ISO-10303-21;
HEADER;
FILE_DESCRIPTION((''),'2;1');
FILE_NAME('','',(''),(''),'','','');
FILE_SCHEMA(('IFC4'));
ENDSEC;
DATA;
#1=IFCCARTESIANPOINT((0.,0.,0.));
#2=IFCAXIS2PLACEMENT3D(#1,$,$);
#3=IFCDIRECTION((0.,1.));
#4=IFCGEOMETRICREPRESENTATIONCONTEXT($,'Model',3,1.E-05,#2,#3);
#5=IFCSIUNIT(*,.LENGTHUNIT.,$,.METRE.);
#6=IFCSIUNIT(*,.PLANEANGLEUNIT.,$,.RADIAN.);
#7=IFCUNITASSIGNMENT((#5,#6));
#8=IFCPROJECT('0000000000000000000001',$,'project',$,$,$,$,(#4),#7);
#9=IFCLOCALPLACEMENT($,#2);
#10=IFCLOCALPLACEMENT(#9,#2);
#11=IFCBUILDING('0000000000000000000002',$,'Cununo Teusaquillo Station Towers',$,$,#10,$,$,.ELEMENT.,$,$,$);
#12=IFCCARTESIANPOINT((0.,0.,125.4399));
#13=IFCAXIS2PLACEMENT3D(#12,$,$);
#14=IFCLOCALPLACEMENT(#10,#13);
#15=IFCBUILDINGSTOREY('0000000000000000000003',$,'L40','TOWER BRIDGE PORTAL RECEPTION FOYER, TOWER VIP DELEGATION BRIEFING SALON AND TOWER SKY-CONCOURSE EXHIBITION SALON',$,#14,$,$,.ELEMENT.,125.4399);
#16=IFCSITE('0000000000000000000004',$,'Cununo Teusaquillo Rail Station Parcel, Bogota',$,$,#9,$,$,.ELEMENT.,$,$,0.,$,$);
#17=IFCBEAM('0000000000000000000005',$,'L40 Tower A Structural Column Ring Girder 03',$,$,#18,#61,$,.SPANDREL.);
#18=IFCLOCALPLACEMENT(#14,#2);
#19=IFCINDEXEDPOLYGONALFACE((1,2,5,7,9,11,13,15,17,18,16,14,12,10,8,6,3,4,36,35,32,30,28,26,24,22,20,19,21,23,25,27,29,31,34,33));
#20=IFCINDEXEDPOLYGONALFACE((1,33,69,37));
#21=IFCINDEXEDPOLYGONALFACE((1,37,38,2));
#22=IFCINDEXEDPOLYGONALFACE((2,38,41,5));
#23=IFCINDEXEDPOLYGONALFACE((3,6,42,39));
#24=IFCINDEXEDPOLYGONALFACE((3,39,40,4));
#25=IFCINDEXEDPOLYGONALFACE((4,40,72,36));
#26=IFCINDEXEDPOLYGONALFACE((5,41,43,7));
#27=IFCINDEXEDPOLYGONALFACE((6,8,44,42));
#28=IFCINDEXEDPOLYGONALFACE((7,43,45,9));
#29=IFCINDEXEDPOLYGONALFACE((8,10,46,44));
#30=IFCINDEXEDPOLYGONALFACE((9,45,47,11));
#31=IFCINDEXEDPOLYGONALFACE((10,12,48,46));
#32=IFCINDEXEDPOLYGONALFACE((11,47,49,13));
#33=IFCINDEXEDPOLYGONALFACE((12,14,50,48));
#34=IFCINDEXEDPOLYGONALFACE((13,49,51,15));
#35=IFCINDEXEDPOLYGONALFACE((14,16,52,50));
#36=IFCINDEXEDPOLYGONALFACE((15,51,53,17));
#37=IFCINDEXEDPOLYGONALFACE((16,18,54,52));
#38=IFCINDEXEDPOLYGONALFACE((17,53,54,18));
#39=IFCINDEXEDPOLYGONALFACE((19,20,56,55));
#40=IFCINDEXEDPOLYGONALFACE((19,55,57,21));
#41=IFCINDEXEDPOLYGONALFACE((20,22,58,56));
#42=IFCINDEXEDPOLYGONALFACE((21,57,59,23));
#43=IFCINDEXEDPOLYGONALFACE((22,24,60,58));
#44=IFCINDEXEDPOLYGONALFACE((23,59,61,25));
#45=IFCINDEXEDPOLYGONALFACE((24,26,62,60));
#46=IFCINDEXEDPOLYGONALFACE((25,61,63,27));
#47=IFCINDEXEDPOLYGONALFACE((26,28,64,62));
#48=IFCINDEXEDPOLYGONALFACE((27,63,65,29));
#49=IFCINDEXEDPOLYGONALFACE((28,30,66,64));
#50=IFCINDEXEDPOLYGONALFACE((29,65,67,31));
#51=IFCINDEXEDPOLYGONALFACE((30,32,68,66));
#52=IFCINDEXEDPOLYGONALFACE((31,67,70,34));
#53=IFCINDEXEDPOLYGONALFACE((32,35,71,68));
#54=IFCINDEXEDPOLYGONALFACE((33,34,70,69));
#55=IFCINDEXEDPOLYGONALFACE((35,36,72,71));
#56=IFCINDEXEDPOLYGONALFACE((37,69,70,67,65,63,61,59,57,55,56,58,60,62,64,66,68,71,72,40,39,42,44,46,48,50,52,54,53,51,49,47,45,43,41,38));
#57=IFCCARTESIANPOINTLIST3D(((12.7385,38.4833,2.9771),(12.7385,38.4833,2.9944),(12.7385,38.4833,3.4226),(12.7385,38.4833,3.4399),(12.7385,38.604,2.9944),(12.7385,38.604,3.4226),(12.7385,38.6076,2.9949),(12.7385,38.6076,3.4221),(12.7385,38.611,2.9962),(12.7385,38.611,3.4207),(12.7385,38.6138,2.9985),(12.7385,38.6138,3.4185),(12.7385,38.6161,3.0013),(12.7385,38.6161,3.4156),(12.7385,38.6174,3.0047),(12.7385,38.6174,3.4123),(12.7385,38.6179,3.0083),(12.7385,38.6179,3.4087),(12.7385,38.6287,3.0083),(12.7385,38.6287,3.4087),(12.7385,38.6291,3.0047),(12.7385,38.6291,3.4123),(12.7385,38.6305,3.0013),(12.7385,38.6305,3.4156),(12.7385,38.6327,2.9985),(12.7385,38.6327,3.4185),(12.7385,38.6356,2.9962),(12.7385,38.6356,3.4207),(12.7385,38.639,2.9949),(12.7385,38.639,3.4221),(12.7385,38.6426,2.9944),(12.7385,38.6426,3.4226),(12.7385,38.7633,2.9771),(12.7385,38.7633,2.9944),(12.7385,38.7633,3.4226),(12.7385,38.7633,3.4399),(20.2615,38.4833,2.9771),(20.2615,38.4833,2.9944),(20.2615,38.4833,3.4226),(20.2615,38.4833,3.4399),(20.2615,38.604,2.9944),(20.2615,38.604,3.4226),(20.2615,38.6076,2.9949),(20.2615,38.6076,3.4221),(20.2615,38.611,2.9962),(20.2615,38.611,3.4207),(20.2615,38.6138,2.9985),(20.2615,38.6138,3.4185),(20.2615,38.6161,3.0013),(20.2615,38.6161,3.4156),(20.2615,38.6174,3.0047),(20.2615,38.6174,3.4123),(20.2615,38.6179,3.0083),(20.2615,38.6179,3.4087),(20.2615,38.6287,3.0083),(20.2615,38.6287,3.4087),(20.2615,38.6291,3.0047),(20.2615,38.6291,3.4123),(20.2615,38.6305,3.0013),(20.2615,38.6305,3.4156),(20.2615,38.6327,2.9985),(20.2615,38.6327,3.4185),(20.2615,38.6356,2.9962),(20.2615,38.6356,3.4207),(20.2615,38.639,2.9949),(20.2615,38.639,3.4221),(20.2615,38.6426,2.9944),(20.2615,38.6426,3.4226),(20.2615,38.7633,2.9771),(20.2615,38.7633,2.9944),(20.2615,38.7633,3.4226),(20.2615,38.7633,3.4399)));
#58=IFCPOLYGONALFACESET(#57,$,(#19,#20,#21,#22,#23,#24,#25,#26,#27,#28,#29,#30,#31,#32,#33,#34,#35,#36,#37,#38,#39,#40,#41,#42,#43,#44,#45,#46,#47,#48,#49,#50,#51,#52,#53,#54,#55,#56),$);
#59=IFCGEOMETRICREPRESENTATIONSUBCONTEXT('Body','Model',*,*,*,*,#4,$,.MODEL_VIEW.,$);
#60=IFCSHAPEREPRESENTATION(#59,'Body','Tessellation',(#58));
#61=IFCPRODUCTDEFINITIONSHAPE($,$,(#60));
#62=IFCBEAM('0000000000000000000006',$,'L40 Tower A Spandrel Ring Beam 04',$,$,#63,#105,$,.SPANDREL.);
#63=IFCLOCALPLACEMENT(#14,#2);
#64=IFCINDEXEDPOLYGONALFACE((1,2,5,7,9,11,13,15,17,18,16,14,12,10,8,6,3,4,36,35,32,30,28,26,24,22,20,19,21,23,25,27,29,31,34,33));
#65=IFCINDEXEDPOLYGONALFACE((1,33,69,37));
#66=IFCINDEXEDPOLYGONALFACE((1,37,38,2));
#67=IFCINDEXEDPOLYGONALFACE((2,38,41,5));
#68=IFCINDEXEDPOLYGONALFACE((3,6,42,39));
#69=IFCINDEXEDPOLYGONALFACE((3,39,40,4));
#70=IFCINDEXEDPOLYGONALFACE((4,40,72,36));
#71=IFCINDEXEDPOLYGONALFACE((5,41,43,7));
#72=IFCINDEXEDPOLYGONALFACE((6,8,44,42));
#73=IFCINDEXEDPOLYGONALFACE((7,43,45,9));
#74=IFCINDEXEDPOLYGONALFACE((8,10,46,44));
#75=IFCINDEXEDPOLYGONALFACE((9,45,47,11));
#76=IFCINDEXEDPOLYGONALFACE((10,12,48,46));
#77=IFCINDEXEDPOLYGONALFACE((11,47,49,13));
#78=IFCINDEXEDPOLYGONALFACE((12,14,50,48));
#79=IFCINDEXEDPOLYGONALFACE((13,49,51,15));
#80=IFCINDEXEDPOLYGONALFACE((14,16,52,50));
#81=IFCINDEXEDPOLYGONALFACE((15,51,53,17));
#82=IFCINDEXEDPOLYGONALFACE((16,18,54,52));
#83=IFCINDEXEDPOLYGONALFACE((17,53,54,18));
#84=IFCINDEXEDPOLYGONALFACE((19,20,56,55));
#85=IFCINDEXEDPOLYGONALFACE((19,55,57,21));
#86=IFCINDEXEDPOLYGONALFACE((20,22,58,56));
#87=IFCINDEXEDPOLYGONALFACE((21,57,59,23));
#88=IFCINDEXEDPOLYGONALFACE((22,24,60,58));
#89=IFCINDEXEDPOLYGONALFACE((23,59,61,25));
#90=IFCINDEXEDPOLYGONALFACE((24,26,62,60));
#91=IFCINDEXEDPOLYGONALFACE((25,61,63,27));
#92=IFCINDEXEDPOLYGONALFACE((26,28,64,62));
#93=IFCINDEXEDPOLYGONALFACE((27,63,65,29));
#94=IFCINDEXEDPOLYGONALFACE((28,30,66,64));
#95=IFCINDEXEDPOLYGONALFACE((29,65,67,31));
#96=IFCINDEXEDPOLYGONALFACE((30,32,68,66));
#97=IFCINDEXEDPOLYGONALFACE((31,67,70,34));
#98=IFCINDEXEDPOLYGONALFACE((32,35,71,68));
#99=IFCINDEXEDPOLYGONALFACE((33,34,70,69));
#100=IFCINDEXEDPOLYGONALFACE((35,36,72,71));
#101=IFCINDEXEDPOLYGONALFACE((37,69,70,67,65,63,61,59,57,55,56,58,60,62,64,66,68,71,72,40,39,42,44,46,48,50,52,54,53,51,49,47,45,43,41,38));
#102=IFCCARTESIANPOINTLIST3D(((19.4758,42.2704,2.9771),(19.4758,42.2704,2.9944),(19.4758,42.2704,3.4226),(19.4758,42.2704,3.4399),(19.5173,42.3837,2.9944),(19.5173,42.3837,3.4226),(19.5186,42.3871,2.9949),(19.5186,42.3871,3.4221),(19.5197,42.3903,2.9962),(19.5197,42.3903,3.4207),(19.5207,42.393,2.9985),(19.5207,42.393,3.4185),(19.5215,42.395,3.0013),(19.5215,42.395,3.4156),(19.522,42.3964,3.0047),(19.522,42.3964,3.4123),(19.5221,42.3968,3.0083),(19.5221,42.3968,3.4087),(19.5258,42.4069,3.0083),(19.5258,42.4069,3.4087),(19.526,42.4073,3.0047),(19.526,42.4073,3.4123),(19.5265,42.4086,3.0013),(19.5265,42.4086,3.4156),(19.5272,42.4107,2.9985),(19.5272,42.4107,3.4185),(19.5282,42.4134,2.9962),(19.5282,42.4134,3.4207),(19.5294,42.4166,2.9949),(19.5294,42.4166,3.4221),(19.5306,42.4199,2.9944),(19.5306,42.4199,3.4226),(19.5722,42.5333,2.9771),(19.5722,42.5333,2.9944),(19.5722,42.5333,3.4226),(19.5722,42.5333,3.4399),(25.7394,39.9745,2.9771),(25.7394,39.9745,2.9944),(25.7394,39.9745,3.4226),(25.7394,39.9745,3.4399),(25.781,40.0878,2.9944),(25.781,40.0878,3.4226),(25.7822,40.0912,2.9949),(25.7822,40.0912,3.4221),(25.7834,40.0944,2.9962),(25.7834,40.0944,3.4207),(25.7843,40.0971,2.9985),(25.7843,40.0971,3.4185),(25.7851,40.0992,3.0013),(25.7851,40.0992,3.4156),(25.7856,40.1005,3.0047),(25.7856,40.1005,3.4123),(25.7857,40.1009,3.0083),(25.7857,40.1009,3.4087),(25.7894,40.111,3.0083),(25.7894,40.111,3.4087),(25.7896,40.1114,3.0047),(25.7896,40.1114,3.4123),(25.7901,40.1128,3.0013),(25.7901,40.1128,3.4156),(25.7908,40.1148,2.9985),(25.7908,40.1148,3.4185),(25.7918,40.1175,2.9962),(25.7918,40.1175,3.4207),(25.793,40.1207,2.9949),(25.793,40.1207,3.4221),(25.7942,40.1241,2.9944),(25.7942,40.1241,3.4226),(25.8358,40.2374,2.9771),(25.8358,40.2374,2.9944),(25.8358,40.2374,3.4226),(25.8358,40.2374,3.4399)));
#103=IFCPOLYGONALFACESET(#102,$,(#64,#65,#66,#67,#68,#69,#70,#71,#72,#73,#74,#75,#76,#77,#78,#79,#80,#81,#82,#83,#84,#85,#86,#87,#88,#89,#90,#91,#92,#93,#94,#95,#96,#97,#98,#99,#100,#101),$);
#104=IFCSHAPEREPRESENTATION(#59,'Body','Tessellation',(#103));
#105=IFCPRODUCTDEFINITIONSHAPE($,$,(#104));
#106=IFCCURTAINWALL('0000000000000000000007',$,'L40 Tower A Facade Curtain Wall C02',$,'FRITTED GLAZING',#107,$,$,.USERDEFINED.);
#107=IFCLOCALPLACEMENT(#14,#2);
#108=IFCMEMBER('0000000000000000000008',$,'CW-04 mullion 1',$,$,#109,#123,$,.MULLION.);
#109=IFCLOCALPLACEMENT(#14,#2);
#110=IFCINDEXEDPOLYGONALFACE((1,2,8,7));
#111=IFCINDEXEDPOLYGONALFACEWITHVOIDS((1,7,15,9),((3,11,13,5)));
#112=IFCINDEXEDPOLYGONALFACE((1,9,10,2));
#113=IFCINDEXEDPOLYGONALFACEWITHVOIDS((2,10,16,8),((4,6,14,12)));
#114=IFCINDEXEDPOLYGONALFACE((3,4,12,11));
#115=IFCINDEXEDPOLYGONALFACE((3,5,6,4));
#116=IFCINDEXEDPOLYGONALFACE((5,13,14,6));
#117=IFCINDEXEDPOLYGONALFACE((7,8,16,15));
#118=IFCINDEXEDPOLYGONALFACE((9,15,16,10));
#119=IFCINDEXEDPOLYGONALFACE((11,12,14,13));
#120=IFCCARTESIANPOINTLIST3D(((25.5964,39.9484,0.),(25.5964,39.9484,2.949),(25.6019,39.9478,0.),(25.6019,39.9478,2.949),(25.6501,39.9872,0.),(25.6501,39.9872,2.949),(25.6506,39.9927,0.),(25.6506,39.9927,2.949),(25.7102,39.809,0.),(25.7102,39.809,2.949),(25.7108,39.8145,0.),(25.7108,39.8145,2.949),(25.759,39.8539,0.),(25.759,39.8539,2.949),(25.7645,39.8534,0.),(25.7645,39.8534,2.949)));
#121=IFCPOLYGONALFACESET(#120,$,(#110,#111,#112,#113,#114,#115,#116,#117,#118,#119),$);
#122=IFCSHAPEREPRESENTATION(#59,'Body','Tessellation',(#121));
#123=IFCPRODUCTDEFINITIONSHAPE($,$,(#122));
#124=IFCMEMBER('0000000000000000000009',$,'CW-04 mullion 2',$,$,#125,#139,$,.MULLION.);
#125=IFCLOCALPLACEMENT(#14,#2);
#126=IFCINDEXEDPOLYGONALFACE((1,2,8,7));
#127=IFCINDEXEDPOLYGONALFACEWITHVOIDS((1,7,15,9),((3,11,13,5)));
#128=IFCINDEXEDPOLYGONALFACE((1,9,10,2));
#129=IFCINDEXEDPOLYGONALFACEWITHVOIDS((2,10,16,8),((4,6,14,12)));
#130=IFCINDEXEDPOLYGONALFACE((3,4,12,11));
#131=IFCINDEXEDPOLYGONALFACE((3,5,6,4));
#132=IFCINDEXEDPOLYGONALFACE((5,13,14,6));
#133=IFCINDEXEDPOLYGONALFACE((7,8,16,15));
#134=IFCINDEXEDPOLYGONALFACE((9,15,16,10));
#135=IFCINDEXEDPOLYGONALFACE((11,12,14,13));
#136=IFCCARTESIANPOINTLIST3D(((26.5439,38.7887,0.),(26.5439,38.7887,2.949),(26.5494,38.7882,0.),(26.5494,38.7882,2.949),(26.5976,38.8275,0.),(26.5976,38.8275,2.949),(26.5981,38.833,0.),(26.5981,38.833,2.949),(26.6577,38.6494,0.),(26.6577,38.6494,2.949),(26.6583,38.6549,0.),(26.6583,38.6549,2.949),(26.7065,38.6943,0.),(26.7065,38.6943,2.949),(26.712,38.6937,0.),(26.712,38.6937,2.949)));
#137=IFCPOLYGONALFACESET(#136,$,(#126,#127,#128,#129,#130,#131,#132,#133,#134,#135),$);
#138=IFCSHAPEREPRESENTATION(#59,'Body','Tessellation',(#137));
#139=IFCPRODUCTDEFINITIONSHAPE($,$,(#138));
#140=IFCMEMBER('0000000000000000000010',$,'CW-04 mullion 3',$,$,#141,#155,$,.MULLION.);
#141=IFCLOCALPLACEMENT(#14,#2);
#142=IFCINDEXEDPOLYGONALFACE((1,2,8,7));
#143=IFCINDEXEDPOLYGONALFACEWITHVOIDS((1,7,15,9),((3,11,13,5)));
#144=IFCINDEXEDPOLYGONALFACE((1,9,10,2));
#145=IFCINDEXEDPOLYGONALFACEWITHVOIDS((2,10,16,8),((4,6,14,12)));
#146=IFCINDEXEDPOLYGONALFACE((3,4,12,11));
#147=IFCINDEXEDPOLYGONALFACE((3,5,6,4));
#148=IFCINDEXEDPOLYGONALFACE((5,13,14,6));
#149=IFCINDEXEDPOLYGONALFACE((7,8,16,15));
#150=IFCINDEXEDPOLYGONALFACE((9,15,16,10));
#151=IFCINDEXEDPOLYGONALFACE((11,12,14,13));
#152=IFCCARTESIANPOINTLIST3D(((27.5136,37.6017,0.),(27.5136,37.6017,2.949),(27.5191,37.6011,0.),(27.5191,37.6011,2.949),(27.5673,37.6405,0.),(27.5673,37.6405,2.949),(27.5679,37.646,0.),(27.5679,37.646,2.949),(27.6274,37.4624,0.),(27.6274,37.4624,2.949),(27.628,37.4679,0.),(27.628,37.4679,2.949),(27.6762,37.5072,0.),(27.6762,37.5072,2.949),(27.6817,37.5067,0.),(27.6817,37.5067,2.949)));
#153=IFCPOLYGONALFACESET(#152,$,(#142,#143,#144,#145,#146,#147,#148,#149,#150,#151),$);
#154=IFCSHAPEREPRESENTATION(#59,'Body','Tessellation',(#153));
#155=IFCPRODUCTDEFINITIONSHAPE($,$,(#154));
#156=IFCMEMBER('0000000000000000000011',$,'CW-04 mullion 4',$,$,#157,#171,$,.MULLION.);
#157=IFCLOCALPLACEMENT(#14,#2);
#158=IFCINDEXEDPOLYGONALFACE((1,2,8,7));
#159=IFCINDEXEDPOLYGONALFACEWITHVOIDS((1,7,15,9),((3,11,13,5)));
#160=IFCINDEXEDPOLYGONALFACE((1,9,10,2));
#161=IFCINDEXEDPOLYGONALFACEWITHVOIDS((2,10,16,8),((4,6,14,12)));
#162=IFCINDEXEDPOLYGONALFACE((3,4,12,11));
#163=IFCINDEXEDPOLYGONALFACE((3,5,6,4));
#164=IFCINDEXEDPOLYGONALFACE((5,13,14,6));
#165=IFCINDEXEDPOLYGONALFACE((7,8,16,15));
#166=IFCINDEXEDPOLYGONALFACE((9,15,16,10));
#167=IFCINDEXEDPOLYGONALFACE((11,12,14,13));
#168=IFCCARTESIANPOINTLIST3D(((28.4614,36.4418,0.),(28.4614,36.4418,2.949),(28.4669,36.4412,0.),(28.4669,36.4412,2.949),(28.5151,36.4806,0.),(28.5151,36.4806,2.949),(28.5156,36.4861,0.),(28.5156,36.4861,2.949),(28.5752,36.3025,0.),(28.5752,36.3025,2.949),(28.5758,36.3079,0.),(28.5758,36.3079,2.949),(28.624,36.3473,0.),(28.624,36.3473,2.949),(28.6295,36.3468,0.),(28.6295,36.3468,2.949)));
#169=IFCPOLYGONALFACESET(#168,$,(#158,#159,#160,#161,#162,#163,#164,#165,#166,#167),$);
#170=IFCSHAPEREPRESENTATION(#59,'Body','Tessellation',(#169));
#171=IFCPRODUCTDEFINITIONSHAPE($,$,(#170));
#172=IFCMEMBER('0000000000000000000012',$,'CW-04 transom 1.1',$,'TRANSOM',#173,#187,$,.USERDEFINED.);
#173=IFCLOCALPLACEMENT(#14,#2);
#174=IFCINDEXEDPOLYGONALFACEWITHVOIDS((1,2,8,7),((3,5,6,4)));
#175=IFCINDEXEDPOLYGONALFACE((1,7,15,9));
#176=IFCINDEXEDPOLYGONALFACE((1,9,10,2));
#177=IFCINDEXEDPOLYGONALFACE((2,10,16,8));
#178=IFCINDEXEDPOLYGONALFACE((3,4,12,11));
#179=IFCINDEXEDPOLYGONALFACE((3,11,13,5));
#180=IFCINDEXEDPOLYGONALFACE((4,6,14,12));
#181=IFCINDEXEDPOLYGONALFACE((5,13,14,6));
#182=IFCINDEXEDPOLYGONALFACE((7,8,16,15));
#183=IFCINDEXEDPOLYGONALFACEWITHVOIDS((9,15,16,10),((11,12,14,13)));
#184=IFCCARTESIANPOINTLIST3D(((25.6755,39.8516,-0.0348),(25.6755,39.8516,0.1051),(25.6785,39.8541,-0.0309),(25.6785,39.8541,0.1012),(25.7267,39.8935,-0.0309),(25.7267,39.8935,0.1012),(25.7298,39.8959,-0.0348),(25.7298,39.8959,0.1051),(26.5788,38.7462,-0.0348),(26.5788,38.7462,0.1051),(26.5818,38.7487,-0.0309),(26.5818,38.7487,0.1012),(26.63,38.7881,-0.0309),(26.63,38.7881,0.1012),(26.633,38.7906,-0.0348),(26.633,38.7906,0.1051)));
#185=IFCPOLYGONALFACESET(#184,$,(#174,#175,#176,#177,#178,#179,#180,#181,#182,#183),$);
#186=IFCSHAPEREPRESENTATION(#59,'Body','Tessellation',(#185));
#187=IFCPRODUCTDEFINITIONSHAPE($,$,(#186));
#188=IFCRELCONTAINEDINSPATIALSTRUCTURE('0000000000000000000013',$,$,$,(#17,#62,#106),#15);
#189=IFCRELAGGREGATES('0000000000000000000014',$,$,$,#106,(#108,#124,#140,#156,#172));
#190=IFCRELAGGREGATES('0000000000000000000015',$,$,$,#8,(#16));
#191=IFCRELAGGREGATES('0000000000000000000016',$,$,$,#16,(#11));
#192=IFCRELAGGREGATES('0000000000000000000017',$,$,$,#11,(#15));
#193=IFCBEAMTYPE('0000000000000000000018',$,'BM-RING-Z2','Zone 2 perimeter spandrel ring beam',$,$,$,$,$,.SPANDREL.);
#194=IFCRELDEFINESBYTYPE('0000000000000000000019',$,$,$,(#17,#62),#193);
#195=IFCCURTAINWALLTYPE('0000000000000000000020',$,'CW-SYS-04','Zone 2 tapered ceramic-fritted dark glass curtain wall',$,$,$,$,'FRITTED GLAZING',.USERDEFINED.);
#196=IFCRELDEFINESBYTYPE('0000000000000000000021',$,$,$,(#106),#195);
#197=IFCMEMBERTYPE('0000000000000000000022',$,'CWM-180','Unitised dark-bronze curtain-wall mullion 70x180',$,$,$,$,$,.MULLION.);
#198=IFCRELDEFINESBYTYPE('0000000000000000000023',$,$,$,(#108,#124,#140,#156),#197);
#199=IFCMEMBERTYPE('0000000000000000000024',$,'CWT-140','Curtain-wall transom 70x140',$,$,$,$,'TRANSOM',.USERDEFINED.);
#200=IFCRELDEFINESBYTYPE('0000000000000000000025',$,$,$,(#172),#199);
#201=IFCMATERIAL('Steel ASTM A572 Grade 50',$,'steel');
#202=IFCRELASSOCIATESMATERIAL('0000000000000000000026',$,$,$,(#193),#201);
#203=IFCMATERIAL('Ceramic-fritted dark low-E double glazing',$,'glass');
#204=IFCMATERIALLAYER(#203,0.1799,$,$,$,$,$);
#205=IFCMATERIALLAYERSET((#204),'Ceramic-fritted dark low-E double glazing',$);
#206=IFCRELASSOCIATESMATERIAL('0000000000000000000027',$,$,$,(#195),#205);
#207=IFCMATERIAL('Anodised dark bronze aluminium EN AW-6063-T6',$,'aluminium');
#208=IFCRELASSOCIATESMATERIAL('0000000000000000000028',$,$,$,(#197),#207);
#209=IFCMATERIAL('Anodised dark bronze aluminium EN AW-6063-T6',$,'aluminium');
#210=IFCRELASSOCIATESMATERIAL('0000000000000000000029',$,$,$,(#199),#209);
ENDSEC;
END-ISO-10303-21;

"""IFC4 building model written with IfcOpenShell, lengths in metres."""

from ifc_helpers import new_model, si_unit, direction, frame, origin, origin_2d, place, context, subcontext, project, spatial, hollow_rectangle, i_section, extrude, material, layer, layer_set, material_profile, profile_set, type_object, element, aggregate, save


model = new_model("IFC4")

# Units and contexts
model_context = context("Model", 3, precision=1e-05, world=origin(), true_north=direction((0.0, 1.0)))
body_context = subcontext(model_context, "Body", "Model", "MODEL_VIEW")
ifc_project = project(units=[si_unit("LENGTHUNIT", "METRE"), si_unit("PLANEANGLEUNIT", "RADIAN")], contexts=[model_context])

# Site, building, storey
site_placement = place(None, origin())
site = spatial("IfcSite", under=ifc_project, at=site_placement, Name="Cununo Teusaquillo Rail Station Parcel, Bogota", CompositionType="ELEMENT", RefElevation=0.0)
building_placement = place(site_placement, origin())
building = spatial("IfcBuilding", under=site, at=building_placement, Name="Cununo Teusaquillo Station Towers", CompositionType="ELEMENT")
storey_placement = place(building_placement, frame((0.0, 0.0, 125.4399)))
storey = spatial("IfcBuildingStorey", under=building, at=storey_placement, Name="L40", Description="TOWER BRIDGE PORTAL RECEPTION FOYER, TOWER VIP DELEGATION BRIEFING SALON AND TOWER SKY-CONCOURSE EXHIBITION SALON", CompositionType="ELEMENT", Elevation=125.4399)

# Beams
ifc_material_1 = material(Name="Steel ASTM A572 Grade 50", Category="steel")
ifc_material_profile_1 = material_profile(ifc_material_1, i_section(OverallWidth=0.28, OverallDepth=0.4629, WebThickness=0.0107, FlangeThickness=0.0173, FilletRadius=0.0139, at=origin_2d()), Name="W18X76")
ifc_profile_set_1 = profile_set([ifc_material_profile_1], Name="Steel ASTM A572 Grade 50")
beam_type = type_object("IfcBeamType", Name="BM-RING-Z2", Description="Zone 2 perimeter spandrel ring beam", PredefinedType="SPANDREL", material=ifc_profile_set_1)
beam_1_placement = place(storey_placement, frame((20.2615, 38.6233, 3.2085), z_axis=(-1.0, 0.0, 0.0), x_axis=(0.0, -1.0, 0.0)))
element("IfcBeam", 1, at=beam_1_placement, inside=storey, type_object=beam_type, Name="L40 Tower A Structural Column Ring Girder 03", PredefinedType="SPANDREL", context=body_context, shape_type="SweptSolid", body=[
    extrude(i_section(OverallWidth=0.28, OverallDepth=0.4629, WebThickness=0.0107, FlangeThickness=0.0173, FilletRadius=0.0139, at=origin_2d()), origin(), (0.0, 0.0, 1.0), 7.5229),
])
beam_2_placement = place(storey_placement, frame((25.7876, 40.106, 3.2085), z_axis=(-0.938914, 0.344151, 0.0), x_axis=(-0.344151, -0.938914, 0.0)))
element("IfcBeam", 2, at=beam_2_placement, inside=storey, type_object=beam_type, Name="L40 Tower A Spandrel Ring Beam 04", PredefinedType="SPANDREL", context=body_context, shape_type="SweptSolid", body=[
    extrude(i_section(OverallWidth=0.28, OverallDepth=0.4629, WebThickness=0.0107, FlangeThickness=0.0173, FilletRadius=0.0139, at=origin_2d()), origin(), (0.0, 0.0, 1.0), 6.6711),
])

# Curtain wall, members
ifc_material_2 = material(Name="Ceramic-fritted dark low-E double glazing", Category="glass")
ifc_layer_1 = layer(ifc_material_2, 0.1799)
ifc_layer_set_1 = layer_set([ifc_layer_1], Name="Ceramic-fritted dark low-E double glazing")
curtain_wall_type = type_object("IfcCurtainWallType", Name="CW-SYS-04", Description="Zone 2 tapered ceramic-fritted dark glass curtain wall", ElementType="FRITTED GLAZING", PredefinedType="USERDEFINED", material=ifc_layer_set_1)
curtain_wall_placement = place(storey_placement, origin())
curtain_wall = element("IfcCurtainWall", 3, at=curtain_wall_placement, inside=storey, type_object=curtain_wall_type, Name="L40 Tower A Facade Curtain Wall C02", ObjectType="FRITTED GLAZING", PredefinedType="USERDEFINED")
ifc_material_3 = material(Name="Anodised dark bronze aluminium EN AW-6063-T6", Category="aluminium")
ifc_material_profile_2 = material_profile(ifc_material_3, hollow_rectangle(XDim=0.0701, YDim=0.1799, WallThickness=0.0039, at=origin_2d()), Name="CW-MULL-70x180")
ifc_profile_set_2 = profile_set([ifc_material_profile_2], Name="Anodised dark bronze aluminium EN AW-6063-T6")
member_type_1 = type_object("IfcMemberType", Name="CWM-180", Description="Unitised dark-bronze curtain-wall mullion 70x180", PredefinedType="MULLION", material=ifc_profile_set_2)
member_1_placement = place(storey_placement, frame((25.6804, 39.9009, 0.0), z_axis=(0.0, 0.0, 1.0), x_axis=(0.774394, 0.632704, 0.0)))
member_1 = element("IfcMember", 4, at=member_1_placement, type_object=member_type_1, Name="CW-04 mullion 1", PredefinedType="MULLION", context=body_context, shape_type="SweptSolid", body=[
    extrude(hollow_rectangle(XDim=0.0701, YDim=0.1799, WallThickness=0.0039, at=origin_2d()), origin(), (0.0, 0.0, 1.0), 2.949),
])
member_2_placement = place(storey_placement, frame((26.6279, 38.7412, 0.0), z_axis=(0.0, 0.0, 1.0), x_axis=(0.774394, 0.632704, 0.0)))
member_2 = element("IfcMember", 5, at=member_2_placement, type_object=member_type_1, Name="CW-04 mullion 2", PredefinedType="MULLION", context=body_context, shape_type="SweptSolid", body=[
    extrude(hollow_rectangle(XDim=0.0701, YDim=0.1799, WallThickness=0.0039, at=origin_2d()), origin(), (0.0, 0.0, 1.0), 2.949),
])
member_3_placement = place(storey_placement, frame((27.5977, 37.5542, 0.0), z_axis=(0.0, 0.0, 1.0), x_axis=(0.774394, 0.632704, 0.0)))
member_3 = element("IfcMember", 6, at=member_3_placement, type_object=member_type_1, Name="CW-04 mullion 3", PredefinedType="MULLION", context=body_context, shape_type="SweptSolid", body=[
    extrude(hollow_rectangle(XDim=0.0701, YDim=0.1799, WallThickness=0.0039, at=origin_2d()), origin(), (0.0, 0.0, 1.0), 2.949),
])
member_4_placement = place(storey_placement, frame((28.5454, 36.3943, 0.0), z_axis=(0.0, 0.0, 1.0), x_axis=(0.774394, 0.632704, 0.0)))
member_4 = element("IfcMember", 7, at=member_4_placement, type_object=member_type_1, Name="CW-04 mullion 4", PredefinedType="MULLION", context=body_context, shape_type="SweptSolid", body=[
    extrude(hollow_rectangle(XDim=0.0701, YDim=0.1799, WallThickness=0.0039, at=origin_2d()), origin(), (0.0, 0.0, 1.0), 2.949),
])
ifc_material_4 = material(Name="Anodised dark bronze aluminium EN AW-6063-T6", Category="aluminium")
ifc_material_profile_3 = material_profile(ifc_material_4, hollow_rectangle(XDim=0.0701, YDim=0.1399, WallThickness=0.0039, at=origin_2d()), Name="CW-TRAN-70x140")
ifc_profile_set_3 = profile_set([ifc_material_profile_3], Name="Anodised dark bronze aluminium EN AW-6063-T6")
member_type_2 = type_object("IfcMemberType", Name="CWT-140", Description="Curtain-wall transom 70x140", ElementType="TRANSOM", PredefinedType="USERDEFINED", material=ifc_profile_set_3)
member_5_placement = place(storey_placement, frame((25.7026, 39.8738, 0.0352), z_axis=(0.632753, -0.774353, 0.0), x_axis=(0.774353, 0.632753, 0.0)))
member_5 = element("IfcMember", 8, at=member_5_placement, type_object=member_type_2, Name="CW-04 transom 1.1", ObjectType="TRANSOM", PredefinedType="USERDEFINED", context=body_context, shape_type="SweptSolid", body=[
    extrude(hollow_rectangle(XDim=0.0701, YDim=0.1399, WallThickness=0.0039, at=origin_2d()), origin(), (0.0, 0.0, 1.0), 1.4275),
])

aggregate(curtain_wall, [member_1, member_2, member_3, member_4, member_5])

save(model, "model.ifc")
